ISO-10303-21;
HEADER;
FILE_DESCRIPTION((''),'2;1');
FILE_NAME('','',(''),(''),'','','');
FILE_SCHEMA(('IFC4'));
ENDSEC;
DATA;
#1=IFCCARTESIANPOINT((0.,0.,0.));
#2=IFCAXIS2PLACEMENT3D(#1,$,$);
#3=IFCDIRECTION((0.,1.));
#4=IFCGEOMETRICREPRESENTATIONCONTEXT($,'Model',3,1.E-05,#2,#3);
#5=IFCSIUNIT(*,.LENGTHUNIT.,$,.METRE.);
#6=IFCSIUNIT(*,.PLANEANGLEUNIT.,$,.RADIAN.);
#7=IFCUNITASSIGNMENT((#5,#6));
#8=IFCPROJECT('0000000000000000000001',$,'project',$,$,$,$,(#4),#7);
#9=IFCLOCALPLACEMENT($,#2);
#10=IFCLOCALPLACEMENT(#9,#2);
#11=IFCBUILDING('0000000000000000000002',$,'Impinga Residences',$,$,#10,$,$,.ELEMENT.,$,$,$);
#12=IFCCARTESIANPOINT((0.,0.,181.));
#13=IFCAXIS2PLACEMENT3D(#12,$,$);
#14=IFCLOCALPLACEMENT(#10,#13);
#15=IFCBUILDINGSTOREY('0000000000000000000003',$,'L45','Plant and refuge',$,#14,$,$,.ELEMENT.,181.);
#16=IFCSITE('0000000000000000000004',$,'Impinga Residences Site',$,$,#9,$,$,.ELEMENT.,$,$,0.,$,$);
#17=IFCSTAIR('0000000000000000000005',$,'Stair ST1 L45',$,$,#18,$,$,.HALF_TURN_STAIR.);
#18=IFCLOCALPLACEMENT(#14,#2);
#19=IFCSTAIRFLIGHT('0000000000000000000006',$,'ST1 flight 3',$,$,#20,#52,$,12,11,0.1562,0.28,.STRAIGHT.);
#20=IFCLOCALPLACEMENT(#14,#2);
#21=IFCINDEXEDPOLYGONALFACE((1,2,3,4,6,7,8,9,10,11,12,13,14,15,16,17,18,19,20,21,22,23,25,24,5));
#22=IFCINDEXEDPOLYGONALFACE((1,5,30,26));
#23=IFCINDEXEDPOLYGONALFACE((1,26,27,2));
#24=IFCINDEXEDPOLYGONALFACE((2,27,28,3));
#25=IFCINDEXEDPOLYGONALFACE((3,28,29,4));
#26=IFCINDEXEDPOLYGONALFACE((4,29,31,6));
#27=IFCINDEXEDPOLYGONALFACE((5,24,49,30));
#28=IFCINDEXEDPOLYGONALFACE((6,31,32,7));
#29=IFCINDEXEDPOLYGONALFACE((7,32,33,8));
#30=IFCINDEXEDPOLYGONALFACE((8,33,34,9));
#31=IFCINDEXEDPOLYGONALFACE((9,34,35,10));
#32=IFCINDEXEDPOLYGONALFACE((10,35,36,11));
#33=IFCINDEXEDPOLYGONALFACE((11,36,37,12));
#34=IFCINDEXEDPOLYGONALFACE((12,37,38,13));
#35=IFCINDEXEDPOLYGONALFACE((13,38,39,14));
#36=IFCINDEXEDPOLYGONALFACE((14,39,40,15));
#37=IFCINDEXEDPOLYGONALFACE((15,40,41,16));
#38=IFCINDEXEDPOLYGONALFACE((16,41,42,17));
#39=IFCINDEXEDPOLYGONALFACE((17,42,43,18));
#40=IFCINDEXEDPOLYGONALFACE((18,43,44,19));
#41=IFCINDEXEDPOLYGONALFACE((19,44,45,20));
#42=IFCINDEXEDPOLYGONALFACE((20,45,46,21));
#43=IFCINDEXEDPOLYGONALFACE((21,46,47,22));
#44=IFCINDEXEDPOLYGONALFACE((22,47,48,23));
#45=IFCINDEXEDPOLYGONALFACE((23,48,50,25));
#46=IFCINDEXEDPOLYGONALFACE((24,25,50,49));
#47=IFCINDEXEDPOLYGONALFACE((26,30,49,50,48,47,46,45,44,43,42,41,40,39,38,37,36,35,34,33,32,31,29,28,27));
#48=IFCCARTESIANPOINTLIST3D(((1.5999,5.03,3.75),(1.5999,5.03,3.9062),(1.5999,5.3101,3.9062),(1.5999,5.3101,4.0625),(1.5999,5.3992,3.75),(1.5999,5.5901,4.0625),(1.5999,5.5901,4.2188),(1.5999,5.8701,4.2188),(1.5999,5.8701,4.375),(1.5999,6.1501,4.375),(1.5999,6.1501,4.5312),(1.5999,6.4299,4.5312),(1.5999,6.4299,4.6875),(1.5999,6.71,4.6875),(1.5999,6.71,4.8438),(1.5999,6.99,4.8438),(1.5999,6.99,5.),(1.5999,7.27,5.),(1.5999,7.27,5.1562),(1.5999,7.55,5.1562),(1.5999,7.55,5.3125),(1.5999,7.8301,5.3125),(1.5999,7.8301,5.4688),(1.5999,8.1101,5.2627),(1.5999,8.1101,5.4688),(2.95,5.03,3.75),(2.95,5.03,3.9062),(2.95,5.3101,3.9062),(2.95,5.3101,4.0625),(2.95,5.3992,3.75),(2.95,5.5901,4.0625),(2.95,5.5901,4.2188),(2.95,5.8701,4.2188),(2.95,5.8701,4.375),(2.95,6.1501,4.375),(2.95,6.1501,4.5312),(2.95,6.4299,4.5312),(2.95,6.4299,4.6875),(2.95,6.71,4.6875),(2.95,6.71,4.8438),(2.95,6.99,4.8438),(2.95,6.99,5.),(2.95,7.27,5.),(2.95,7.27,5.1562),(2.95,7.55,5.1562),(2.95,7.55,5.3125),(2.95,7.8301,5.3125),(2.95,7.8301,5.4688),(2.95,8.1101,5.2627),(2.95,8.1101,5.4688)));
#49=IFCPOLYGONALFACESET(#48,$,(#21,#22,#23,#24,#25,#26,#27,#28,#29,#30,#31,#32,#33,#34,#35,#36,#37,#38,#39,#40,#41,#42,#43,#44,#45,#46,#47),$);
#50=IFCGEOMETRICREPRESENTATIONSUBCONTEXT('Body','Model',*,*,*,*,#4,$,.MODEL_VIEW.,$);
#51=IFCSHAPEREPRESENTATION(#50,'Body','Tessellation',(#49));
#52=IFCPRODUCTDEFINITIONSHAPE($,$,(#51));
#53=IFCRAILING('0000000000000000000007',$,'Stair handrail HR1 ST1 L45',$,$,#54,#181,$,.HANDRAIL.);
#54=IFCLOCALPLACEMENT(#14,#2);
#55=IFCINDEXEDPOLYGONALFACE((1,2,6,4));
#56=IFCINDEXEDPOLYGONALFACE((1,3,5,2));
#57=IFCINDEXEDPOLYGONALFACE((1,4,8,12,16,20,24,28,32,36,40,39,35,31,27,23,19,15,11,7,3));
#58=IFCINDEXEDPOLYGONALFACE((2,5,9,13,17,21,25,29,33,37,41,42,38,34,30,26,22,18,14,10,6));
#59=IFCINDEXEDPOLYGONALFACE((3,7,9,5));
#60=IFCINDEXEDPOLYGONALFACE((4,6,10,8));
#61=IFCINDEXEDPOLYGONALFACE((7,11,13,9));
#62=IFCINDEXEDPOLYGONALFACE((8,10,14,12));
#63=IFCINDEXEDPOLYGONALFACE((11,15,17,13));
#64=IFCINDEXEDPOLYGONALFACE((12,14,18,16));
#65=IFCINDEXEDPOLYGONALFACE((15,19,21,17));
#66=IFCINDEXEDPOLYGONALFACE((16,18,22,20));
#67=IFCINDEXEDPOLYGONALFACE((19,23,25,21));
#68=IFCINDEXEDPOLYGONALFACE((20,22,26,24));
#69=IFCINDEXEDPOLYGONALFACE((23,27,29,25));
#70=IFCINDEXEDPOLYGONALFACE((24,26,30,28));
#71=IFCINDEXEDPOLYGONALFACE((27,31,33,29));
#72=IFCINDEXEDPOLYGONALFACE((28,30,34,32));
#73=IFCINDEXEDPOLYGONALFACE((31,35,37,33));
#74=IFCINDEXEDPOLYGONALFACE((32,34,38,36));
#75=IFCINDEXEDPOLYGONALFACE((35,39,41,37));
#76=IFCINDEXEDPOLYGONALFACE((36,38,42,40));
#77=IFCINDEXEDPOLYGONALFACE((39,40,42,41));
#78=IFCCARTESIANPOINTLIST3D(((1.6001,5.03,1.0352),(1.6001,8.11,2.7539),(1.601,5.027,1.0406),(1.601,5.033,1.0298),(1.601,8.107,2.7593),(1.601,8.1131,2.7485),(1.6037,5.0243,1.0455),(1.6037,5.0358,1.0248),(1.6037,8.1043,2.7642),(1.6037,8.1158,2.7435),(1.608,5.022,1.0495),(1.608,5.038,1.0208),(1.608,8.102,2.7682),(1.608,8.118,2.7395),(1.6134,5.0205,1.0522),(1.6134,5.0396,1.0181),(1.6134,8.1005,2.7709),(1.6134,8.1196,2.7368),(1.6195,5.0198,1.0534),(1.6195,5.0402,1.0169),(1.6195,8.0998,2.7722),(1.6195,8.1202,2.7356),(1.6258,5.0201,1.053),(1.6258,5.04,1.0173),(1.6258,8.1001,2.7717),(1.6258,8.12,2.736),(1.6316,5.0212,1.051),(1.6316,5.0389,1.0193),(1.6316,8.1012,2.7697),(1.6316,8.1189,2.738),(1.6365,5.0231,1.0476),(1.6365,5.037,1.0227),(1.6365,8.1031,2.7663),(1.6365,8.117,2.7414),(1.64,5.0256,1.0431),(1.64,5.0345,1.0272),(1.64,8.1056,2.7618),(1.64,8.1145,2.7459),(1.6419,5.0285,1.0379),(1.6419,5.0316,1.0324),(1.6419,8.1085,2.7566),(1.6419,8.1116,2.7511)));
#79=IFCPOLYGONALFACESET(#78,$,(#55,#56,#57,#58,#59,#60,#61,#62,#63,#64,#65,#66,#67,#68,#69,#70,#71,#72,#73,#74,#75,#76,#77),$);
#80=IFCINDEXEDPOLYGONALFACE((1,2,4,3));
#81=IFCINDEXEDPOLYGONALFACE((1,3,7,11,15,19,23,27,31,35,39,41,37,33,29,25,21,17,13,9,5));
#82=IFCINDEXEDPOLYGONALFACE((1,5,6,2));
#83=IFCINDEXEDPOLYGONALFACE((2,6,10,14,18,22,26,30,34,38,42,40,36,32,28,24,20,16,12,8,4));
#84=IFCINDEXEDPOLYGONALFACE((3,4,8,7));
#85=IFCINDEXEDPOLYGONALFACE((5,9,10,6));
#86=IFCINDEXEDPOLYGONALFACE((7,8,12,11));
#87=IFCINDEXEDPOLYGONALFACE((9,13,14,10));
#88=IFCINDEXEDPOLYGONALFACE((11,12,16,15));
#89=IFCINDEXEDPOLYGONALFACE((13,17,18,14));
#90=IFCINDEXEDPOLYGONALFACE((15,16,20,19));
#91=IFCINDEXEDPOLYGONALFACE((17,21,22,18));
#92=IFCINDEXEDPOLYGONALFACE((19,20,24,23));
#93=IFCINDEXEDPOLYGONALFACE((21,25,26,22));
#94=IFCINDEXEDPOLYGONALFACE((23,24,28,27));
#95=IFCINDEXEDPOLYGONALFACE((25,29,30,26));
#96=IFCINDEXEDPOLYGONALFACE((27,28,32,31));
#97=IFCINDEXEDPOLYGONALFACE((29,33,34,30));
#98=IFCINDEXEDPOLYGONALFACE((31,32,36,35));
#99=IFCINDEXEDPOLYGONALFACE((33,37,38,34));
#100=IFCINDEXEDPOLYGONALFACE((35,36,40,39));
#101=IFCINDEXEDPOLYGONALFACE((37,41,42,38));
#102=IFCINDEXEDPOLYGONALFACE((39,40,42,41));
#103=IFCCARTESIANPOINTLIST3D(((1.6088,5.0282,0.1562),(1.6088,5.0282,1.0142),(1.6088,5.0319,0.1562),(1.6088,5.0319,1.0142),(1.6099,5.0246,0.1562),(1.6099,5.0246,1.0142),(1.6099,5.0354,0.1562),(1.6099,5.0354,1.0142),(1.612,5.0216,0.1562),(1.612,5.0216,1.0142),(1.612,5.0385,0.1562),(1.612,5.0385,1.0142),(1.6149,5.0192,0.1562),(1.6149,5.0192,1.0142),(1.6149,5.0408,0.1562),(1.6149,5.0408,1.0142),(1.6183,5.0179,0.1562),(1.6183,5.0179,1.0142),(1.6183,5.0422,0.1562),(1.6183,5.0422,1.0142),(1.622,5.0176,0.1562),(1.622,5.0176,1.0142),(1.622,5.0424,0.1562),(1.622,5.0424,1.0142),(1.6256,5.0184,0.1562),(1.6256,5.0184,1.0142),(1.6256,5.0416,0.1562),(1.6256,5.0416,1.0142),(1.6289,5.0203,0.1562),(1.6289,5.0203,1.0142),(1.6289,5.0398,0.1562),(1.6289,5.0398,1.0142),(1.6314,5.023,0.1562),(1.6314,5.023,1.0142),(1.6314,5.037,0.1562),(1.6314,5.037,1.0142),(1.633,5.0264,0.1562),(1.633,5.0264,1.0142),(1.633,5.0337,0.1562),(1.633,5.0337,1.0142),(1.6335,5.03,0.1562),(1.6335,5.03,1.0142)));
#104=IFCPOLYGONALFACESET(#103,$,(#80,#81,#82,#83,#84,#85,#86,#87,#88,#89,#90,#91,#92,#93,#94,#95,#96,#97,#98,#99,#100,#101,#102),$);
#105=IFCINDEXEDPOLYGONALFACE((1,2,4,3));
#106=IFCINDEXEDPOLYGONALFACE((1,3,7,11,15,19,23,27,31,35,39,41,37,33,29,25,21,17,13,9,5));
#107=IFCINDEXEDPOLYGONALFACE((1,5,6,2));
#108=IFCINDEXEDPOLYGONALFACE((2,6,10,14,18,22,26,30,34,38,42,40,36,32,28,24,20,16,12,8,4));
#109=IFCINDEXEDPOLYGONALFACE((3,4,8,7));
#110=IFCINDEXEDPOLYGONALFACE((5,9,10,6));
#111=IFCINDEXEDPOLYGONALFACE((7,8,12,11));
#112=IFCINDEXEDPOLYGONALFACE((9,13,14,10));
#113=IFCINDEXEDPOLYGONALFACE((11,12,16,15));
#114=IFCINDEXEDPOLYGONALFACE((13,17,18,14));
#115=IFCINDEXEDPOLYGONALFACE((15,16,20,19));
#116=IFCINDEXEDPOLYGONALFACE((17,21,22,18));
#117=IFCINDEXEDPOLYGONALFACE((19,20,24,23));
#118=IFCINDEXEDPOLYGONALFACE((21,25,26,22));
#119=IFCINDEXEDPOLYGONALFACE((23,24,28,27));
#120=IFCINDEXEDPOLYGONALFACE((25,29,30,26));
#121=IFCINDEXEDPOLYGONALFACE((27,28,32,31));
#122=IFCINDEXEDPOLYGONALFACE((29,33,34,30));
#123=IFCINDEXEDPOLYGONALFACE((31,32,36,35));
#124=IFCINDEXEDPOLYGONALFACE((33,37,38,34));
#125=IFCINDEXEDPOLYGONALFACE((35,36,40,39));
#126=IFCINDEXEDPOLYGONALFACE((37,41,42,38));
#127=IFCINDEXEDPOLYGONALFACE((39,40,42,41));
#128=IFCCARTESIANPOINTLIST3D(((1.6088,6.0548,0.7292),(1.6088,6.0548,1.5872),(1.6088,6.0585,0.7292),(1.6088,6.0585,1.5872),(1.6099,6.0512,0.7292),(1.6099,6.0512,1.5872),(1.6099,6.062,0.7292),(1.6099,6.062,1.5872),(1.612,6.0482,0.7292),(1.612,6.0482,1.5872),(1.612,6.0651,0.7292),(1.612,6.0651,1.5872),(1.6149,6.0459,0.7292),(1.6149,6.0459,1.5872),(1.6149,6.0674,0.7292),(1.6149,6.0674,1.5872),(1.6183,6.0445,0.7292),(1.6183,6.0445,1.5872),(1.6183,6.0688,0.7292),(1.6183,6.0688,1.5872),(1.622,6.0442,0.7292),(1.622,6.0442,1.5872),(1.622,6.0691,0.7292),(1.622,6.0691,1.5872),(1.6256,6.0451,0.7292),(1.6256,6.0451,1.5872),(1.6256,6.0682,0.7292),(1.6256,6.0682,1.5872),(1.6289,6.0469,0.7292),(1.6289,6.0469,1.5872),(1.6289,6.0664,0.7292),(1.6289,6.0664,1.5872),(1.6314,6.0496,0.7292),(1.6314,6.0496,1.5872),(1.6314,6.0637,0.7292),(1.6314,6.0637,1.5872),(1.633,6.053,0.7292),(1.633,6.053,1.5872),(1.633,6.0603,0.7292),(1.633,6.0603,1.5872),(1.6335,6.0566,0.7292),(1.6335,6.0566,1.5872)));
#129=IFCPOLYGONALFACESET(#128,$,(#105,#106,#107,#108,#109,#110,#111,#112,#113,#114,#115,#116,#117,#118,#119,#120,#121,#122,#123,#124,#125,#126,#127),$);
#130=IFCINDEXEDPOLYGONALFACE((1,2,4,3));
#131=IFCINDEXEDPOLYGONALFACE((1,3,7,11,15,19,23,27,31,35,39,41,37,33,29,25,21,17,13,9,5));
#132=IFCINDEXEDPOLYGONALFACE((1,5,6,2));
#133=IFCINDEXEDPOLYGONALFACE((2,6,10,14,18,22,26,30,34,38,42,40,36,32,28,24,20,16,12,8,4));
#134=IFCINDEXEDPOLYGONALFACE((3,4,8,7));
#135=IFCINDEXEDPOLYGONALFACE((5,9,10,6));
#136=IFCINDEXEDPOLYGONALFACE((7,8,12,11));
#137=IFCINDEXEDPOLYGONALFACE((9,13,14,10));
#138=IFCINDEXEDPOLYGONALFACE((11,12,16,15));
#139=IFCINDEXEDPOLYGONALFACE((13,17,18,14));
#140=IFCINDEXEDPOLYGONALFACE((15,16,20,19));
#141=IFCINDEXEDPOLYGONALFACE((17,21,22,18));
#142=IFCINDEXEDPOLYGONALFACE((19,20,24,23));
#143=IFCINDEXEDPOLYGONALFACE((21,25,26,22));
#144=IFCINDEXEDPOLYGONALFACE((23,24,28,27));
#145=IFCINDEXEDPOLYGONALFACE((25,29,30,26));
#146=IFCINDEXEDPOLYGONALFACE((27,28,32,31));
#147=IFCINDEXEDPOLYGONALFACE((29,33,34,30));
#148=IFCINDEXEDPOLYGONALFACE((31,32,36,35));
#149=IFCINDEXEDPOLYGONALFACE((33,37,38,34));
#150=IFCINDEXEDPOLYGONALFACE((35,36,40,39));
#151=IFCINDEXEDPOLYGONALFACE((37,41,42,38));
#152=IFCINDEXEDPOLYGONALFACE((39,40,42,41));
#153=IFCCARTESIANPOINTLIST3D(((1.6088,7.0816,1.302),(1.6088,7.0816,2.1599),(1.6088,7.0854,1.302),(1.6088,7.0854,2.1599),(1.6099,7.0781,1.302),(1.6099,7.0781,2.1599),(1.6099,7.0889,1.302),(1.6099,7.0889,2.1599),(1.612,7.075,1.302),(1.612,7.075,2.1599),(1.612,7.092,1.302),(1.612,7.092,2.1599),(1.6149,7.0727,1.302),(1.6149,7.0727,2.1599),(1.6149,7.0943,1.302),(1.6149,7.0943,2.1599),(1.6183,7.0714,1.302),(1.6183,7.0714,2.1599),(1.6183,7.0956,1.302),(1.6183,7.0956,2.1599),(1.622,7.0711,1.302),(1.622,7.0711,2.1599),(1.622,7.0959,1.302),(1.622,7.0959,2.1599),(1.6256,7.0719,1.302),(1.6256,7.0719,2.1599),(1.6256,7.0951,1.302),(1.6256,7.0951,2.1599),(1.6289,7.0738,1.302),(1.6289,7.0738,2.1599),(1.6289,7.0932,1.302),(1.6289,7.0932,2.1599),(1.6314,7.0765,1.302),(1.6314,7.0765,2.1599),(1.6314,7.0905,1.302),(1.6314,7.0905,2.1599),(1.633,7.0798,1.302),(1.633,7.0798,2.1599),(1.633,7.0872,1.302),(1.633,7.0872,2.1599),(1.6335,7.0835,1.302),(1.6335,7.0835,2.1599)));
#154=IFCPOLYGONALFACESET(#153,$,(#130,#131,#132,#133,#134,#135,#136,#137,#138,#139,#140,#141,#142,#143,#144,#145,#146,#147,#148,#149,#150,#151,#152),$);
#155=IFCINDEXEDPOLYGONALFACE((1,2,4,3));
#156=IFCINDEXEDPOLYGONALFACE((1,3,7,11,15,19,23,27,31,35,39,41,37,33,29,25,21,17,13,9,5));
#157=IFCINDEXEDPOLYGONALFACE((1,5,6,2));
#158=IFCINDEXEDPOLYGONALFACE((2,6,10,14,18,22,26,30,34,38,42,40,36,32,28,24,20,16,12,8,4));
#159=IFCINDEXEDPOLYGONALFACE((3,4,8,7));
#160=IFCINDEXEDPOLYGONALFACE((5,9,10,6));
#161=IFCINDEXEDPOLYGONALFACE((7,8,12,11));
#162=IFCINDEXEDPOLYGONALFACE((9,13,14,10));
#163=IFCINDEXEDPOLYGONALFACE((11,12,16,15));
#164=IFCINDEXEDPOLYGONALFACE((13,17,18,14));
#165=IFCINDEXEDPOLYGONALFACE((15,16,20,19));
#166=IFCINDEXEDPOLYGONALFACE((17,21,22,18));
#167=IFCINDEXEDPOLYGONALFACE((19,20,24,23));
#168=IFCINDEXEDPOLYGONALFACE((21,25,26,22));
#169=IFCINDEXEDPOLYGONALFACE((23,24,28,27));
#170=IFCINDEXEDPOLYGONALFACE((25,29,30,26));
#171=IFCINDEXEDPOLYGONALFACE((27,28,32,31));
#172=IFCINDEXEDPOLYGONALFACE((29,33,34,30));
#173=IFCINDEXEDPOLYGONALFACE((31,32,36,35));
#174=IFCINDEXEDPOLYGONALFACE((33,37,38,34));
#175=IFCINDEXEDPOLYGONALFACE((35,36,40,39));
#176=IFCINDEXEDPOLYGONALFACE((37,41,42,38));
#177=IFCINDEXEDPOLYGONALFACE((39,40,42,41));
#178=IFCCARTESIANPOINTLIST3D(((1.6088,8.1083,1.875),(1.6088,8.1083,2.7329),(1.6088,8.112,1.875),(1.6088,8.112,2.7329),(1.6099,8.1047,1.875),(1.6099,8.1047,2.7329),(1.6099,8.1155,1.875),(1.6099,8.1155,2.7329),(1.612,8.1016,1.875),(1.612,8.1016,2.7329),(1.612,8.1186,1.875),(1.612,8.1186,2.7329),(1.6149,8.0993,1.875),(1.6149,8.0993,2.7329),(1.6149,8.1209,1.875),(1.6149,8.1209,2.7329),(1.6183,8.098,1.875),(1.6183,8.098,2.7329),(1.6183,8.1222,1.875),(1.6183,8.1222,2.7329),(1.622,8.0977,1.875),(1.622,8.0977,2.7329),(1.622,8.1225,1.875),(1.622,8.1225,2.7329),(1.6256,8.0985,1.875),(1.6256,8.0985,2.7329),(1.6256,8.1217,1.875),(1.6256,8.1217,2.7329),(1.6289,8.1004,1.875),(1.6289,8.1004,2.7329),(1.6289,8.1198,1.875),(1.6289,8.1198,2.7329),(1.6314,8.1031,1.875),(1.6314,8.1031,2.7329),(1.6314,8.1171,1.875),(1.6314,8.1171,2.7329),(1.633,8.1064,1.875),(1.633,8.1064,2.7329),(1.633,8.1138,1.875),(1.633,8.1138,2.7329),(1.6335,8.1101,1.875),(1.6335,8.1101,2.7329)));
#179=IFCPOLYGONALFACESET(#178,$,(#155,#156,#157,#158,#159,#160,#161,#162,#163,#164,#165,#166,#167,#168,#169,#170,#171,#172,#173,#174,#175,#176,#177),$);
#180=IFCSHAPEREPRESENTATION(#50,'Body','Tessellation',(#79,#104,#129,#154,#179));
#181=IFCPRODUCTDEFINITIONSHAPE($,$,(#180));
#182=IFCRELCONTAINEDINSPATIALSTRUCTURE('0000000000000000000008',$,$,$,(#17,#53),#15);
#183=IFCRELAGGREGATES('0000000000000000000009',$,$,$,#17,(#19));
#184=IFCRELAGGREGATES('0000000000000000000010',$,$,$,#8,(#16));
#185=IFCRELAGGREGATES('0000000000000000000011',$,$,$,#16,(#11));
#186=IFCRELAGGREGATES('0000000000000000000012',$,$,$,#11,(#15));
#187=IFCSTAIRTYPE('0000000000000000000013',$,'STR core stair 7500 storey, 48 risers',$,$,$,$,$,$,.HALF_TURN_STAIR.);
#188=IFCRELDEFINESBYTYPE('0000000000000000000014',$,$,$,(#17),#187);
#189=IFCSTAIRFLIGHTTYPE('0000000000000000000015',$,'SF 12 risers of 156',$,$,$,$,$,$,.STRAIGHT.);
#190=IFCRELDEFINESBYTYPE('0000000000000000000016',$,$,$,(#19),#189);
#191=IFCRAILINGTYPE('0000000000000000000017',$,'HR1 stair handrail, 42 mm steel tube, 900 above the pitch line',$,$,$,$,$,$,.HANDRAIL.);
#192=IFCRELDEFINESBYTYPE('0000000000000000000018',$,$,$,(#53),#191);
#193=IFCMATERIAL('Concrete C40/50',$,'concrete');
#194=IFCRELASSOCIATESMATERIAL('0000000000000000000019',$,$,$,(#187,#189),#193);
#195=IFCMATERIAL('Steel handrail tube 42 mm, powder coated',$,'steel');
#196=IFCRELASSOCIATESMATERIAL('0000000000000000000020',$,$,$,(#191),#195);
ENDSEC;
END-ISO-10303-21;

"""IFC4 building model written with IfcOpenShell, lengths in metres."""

from ifc_helpers import new_model, si_unit, direction, frame, origin, origin_2d, place, context, subcontext, project, spatial, polyline, circle, outline, extrude, material, type_object, element, aggregate, save


model = new_model("IFC4")

# Units and contexts
model_context = context("Model", 3, precision=1e-05, world=origin(), true_north=direction((0.0, 1.0)))
body_context = subcontext(model_context, "Body", "Model", "MODEL_VIEW")
ifc_project = project(units=[si_unit("LENGTHUNIT", "METRE"), si_unit("PLANEANGLEUNIT", "RADIAN")], contexts=[model_context])

# Site, building, storey
site_placement = place(None, origin())
site = spatial("IfcSite", under=ifc_project, at=site_placement, Name="Impinga Residences Site", CompositionType="ELEMENT", RefElevation=0.0)
building_placement = place(site_placement, origin())
building = spatial("IfcBuilding", under=site, at=building_placement, Name="Impinga Residences", CompositionType="ELEMENT")
storey_placement = place(building_placement, frame((0.0, 0.0, 181.0)))
storey = spatial("IfcBuildingStorey", under=building, at=storey_placement, Name="L45", Description="Plant and refuge", CompositionType="ELEMENT", Elevation=181.0)

# Shared definitions
ifc_material_1 = material(Name="Concrete C40/50", Category="concrete")

# Stair, stair flight
stair_type_1 = type_object("IfcStairType", Name="STR core stair 7500 storey, 48 risers", PredefinedType="HALF_TURN_STAIR", material=ifc_material_1)
stair_1_placement = place(storey_placement, origin())
stair_1 = element("IfcStair", 1, at=stair_1_placement, inside=storey, type_object=stair_type_1, Name="Stair ST1 L45", PredefinedType="HALF_TURN_STAIR")
stair_flight_type = type_object("IfcStairFlightType", Name="SF 12 risers of 156", PredefinedType="STRAIGHT", material=ifc_material_1)
stair_flight_1_placement = place(storey_placement, frame((2.2749, 5.03, 3.75), z_axis=(0.0, 0.0, 1.0), x_axis=(0.0, 1.0, 0.0)))
stair_flight_1 = element("IfcStairFlight", 2, at=stair_flight_1_placement, type_object=stair_flight_type, Name="ST1 flight 3", NumberOfRisers=12, NumberOfTreads=11, PredefinedType="STRAIGHT", RiserHeight=0.1562, TreadLength=0.28, context=body_context, shape_type="SweptSolid", body=[
    extrude(outline(polyline([(0.0, 0.0), (0.0, 0.1562), (0.28, 0.1562), (0.28, 0.3125), (0.5601, 0.3125), (0.5601, 0.4688), (0.8401, 0.4688), (0.8401, 0.625), (1.1201, 0.625), (1.1201, 0.7812), (1.3999, 0.7812), (1.3999, 0.9375), (1.6799, 0.9375), (1.6799, 1.0938), (1.96, 1.0938), (1.96, 1.25), (2.24, 1.25), (2.24, 1.4062), (2.52, 1.4062), (2.52, 1.5625), (2.8, 1.5625), (2.8, 1.7188), (3.0801, 1.7188), (3.0801, 1.875), (3.0801, 1.5127), (0.3691, 0.0), (0.0, 0.0)])), frame((0.0, 0.675, 0.0), z_axis=(0.0, -1.0, 0.0), x_axis=(1.0, 0.0, 0.0)), (0.0, 0.0, 1.0), 1.3501),
])
aggregate(stair_1, [stair_flight_1])

# Railing
ifc_material_2 = material(Name="Steel handrail tube 42 mm, powder coated", Category="steel")
railing_type = type_object("IfcRailingType", Name="HR1 stair handrail, 42 mm steel tube, 900 above the pitch line", PredefinedType="HANDRAIL", material=ifc_material_2)
for number, where, name in (
    (3, (1.6211, 5.03, 0.1562), "Stair handrail HR1 ST1 L45"),
):
    element("IfcRailing", number, at=place(storey_placement, frame(where)), inside=storey, type_object=railing_type, Name=name, PredefinedType="HANDRAIL", context=body_context, shape_type="SweptSolid", body=[
        extrude(circle(Radius=0.021, at=origin_2d()), frame((0.0, 0.0, 0.8789), z_axis=(0.0, 0.873242, 0.487288), x_axis=(-1.0, 0.0, 0.0)), (0.0, 0.0, 1.0), 3.5271),
        extrude(circle(Radius=0.0125, at=origin_2d()), origin(), (0.0, 0.0, 1.0), 0.8579),
        extrude(circle(Radius=0.0125, at=origin_2d()), frame((0.0, 1.0266, 0.573)), (0.0, 0.0, 1.0), 0.8579),
        extrude(circle(Radius=0.0125, at=origin_2d()), frame((0.0, 2.0535, 1.1458)), (0.0, 0.0, 1.0), 0.8579),
        extrude(circle(Radius=0.0125, at=origin_2d()), frame((0.0, 3.0801, 1.7188)), (0.0, 0.0, 1.0), 0.8579),
    ])

save(model, "model.ifc")
